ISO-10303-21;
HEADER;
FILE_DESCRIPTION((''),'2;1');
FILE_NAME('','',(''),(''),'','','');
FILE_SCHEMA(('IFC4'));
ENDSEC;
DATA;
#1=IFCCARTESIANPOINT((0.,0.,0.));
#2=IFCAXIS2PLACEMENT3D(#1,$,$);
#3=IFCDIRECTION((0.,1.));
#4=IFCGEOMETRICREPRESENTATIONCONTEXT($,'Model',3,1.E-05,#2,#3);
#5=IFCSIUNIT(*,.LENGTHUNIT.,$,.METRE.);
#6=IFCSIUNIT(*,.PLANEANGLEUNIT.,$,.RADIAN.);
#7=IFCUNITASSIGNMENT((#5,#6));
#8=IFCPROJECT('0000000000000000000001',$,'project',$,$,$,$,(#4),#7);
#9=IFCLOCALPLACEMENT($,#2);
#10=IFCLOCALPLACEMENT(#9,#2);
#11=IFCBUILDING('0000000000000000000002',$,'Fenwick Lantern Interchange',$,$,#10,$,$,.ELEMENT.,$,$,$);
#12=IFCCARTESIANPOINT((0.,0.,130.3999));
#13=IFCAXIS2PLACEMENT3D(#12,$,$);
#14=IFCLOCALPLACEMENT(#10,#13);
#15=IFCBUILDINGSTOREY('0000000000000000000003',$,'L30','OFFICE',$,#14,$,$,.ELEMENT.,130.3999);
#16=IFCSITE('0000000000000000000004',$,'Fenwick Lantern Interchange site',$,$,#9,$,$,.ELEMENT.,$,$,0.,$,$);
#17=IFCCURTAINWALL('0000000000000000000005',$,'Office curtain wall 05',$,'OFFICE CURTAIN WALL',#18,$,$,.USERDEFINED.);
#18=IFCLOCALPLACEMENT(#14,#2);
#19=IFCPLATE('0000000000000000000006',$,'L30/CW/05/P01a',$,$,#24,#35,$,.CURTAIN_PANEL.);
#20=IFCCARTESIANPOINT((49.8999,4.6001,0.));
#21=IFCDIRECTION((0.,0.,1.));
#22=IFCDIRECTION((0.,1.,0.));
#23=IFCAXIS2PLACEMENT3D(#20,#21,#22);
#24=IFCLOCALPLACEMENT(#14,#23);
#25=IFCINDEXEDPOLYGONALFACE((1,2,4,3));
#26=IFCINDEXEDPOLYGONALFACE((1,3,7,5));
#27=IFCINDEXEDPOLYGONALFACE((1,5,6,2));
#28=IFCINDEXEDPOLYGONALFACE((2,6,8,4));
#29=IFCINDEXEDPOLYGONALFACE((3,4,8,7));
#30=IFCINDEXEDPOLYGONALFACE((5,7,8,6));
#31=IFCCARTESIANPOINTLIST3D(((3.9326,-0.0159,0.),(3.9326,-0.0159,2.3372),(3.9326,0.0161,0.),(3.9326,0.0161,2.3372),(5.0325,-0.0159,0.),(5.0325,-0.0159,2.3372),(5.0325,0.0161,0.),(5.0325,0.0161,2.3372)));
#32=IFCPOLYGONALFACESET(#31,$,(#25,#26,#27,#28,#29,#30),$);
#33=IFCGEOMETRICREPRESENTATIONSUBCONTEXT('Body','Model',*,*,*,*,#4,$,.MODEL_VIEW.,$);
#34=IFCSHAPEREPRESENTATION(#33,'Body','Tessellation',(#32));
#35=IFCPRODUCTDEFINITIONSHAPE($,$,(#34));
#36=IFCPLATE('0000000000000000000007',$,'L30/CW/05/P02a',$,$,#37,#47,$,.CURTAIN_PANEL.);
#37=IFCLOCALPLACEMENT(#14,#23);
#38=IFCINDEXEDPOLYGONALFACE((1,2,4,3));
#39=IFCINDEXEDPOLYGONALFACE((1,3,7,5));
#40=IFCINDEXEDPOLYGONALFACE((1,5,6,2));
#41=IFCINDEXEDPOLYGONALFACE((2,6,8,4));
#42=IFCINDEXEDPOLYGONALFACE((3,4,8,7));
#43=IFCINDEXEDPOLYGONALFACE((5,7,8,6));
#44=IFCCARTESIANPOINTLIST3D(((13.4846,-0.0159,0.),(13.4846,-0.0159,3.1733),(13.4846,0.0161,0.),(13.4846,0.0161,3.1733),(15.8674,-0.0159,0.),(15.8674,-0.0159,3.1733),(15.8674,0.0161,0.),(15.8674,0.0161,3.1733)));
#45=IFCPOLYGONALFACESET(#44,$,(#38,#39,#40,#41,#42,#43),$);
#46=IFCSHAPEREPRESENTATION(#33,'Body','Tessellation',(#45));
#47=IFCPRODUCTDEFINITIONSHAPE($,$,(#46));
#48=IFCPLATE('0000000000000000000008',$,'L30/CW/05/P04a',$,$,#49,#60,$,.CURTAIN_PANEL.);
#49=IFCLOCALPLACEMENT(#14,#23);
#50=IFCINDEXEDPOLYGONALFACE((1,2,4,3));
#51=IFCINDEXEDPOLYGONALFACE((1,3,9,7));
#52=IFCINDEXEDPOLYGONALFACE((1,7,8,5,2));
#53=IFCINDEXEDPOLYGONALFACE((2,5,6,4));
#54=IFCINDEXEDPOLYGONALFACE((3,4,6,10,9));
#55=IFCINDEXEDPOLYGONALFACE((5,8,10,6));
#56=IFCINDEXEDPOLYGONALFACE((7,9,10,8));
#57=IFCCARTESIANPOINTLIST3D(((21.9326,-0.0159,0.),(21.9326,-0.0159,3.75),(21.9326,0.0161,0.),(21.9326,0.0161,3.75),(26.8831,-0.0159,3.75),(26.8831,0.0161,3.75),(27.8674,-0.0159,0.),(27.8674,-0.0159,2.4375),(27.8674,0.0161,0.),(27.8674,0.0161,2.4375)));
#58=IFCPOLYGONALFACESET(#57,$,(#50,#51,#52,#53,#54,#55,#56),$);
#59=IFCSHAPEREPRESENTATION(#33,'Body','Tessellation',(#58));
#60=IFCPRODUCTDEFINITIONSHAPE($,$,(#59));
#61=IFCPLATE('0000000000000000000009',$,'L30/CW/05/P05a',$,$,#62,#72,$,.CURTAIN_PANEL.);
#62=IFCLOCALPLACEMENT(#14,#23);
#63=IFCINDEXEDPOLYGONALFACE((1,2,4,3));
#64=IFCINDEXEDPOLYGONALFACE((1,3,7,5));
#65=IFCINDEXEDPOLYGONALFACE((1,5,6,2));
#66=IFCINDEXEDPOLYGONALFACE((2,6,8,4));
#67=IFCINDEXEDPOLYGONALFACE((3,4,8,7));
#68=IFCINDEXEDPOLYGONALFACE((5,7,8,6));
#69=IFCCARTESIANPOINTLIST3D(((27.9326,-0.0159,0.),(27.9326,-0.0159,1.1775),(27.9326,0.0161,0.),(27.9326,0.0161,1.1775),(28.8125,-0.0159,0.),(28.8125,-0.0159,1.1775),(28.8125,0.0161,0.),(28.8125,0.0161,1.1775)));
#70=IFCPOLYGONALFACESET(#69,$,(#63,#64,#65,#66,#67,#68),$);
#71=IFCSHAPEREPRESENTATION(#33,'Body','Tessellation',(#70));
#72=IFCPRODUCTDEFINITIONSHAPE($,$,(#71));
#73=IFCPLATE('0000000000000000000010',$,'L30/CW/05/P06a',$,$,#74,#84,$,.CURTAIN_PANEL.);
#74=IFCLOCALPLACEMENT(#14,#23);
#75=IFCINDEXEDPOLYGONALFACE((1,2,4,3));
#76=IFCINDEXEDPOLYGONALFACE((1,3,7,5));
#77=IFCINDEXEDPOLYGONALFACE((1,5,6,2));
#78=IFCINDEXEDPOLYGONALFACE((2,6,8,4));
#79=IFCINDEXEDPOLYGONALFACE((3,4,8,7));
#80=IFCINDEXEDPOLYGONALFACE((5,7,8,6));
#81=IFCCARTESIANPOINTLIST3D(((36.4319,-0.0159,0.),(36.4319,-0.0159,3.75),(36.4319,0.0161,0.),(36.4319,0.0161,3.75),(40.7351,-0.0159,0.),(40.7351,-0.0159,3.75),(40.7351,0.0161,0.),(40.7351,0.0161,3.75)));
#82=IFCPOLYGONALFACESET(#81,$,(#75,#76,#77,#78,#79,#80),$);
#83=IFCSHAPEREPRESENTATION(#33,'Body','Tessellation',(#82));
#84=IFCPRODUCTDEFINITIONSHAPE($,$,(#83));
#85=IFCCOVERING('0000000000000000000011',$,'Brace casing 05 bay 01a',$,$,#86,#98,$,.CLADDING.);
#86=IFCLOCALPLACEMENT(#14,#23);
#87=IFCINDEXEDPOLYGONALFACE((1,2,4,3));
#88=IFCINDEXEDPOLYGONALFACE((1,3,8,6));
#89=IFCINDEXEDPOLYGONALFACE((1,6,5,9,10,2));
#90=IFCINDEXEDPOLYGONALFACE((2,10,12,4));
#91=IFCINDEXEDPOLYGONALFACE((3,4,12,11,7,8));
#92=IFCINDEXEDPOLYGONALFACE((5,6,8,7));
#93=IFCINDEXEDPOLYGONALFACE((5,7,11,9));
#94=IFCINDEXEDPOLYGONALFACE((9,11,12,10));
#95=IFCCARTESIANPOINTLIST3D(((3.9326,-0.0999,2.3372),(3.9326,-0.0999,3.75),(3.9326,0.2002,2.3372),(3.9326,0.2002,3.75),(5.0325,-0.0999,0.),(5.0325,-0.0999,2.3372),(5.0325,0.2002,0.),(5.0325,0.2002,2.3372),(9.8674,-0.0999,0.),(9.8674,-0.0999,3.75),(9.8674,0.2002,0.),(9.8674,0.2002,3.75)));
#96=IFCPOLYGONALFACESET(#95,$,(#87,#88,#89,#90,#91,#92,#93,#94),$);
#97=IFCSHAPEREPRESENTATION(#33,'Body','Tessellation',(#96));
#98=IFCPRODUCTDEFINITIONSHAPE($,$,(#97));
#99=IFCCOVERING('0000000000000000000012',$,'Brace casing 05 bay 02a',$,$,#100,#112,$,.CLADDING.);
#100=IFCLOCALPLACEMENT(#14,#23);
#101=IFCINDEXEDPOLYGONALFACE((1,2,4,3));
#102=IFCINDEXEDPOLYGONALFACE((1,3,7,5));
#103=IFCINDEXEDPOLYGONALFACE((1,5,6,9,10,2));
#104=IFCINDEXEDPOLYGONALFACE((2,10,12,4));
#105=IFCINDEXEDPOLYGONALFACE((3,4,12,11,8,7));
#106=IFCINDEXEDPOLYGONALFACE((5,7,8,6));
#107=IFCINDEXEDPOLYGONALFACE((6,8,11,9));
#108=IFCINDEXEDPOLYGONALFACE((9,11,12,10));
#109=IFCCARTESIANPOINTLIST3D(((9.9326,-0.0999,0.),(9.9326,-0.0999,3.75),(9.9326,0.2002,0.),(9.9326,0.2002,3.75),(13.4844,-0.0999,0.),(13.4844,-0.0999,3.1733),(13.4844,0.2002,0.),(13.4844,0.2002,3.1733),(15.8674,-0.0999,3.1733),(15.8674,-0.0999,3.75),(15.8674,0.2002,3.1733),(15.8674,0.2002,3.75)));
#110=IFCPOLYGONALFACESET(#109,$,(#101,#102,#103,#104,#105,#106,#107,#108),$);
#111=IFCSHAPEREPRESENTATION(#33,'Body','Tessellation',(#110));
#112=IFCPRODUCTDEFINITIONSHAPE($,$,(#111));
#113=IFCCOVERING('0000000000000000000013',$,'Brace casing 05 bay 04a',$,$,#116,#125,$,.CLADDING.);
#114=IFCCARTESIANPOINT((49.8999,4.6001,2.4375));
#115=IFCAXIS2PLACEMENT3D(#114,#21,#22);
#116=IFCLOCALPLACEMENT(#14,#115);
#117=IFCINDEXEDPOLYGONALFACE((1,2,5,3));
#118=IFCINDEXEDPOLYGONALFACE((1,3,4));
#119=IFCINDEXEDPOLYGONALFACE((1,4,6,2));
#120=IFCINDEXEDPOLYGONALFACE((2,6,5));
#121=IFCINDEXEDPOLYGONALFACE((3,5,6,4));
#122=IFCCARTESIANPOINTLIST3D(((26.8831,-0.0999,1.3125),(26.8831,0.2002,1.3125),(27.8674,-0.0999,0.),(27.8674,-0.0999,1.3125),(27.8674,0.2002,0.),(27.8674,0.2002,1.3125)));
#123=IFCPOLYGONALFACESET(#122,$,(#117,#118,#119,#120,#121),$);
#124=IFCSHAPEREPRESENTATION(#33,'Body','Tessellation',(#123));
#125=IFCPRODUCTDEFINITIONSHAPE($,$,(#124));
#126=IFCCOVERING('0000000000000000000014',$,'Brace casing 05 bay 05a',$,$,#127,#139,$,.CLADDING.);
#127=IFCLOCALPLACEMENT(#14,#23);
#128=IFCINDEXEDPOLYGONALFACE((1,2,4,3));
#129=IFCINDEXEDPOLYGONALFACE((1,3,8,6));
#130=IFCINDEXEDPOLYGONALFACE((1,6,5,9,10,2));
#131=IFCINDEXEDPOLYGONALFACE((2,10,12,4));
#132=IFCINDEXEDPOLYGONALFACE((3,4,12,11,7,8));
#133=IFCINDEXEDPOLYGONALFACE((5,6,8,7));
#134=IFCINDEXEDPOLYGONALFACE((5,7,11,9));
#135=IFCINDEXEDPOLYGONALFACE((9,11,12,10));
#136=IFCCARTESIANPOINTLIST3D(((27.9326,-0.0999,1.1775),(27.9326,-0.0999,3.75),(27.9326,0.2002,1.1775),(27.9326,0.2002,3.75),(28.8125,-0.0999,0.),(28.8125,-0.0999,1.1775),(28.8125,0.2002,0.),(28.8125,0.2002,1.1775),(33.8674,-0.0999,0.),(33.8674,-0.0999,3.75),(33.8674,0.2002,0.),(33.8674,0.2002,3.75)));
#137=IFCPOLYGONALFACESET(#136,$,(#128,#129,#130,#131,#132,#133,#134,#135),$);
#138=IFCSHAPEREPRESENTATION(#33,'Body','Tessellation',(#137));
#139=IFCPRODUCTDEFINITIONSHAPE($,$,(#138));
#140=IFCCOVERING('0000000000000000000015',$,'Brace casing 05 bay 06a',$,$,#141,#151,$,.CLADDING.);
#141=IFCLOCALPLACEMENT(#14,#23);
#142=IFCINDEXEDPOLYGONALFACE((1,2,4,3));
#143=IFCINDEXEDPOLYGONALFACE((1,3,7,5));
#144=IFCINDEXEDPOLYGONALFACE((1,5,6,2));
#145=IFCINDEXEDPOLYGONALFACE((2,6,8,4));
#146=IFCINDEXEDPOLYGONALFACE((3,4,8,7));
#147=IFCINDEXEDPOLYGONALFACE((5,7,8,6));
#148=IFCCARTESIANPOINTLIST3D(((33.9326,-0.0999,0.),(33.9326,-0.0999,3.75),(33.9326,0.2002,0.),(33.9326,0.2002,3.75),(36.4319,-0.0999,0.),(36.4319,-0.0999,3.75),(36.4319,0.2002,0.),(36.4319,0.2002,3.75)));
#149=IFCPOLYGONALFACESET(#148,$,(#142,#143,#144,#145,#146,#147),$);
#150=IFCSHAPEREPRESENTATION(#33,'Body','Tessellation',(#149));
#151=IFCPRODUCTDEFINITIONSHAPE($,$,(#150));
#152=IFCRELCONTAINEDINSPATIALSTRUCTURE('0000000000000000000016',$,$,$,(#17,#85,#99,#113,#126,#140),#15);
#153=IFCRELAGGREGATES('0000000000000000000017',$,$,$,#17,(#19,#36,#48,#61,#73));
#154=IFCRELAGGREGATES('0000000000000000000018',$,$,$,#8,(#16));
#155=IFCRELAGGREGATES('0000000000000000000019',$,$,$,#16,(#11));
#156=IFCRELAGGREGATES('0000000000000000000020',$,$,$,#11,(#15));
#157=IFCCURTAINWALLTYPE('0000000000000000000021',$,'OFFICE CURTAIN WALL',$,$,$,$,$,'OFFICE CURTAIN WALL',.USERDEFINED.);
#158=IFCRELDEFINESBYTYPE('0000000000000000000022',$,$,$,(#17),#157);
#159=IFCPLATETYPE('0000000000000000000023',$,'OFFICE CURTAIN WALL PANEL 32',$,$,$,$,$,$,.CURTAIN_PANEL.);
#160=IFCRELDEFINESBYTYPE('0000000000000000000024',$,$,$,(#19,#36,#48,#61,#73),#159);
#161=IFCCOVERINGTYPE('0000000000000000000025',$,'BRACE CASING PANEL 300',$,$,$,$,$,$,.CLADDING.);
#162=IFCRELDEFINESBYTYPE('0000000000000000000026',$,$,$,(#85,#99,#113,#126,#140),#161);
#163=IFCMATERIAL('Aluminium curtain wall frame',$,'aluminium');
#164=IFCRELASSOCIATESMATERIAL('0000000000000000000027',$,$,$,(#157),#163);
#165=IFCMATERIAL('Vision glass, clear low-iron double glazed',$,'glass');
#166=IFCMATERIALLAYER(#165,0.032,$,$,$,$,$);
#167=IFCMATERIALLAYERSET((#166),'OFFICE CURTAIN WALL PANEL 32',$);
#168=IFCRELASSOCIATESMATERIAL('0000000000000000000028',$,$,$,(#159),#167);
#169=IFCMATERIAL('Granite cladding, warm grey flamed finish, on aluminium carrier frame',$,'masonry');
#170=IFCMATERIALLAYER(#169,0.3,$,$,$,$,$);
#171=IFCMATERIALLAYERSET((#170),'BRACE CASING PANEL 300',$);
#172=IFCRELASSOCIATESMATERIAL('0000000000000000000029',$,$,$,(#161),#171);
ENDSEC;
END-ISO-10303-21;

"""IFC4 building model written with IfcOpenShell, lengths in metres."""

from ifc_helpers import new_model, si_unit, direction, frame, origin, place, context, subcontext, project, spatial, polyline, outline, extrude, material, layer, layer_set, type_object, element, aggregate, save


model = new_model("IFC4")

# Units and contexts
model_context = context("Model", 3, precision=1e-05, world=origin(), true_north=direction((0.0, 1.0)))
body_context = subcontext(model_context, "Body", "Model", "MODEL_VIEW")
ifc_project = project(units=[si_unit("LENGTHUNIT", "METRE"), si_unit("PLANEANGLEUNIT", "RADIAN")], contexts=[model_context])

# Site, building, storey
site_placement = place(None, origin())
site = spatial("IfcSite", under=ifc_project, at=site_placement, Name="Fenwick Lantern Interchange site", CompositionType="ELEMENT", RefElevation=0.0)
building_placement = place(site_placement, origin())
building = spatial("IfcBuilding", under=site, at=building_placement, Name="Fenwick Lantern Interchange", CompositionType="ELEMENT")
storey_placement = place(building_placement, frame((0.0, 0.0, 130.3999)))
storey = spatial("IfcBuildingStorey", under=building, at=storey_placement, Name="L30", Description="OFFICE", CompositionType="ELEMENT", Elevation=130.3999)

# Shared definitions
ifc_material_1 = material(Name="Aluminium curtain wall frame", Category="aluminium")
curtain_wall_type = type_object("IfcCurtainWallType", Name="OFFICE CURTAIN WALL", ElementType="OFFICE CURTAIN WALL", PredefinedType="USERDEFINED", material=ifc_material_1)

# Shared definitions
ifc_material_2 = material(Name="Vision glass, clear low-iron double glazed", Category="glass")
ifc_layer_1 = layer(ifc_material_2, 0.032)
ifc_layer_set_1 = layer_set([ifc_layer_1], Name="OFFICE CURTAIN WALL PANEL 32")
plate_type = type_object("IfcPlateType", Name="OFFICE CURTAIN WALL PANEL 32", PredefinedType="CURTAIN_PANEL", material=ifc_layer_set_1)

# Curtain wall, plates
curtain_wall_1_placement = place(storey_placement, origin())
curtain_wall_1 = element("IfcCurtainWall", 1, at=curtain_wall_1_placement, inside=storey, type_object=curtain_wall_type, Name="Office curtain wall 05", ObjectType="OFFICE CURTAIN WALL", PredefinedType="USERDEFINED")
plate_1_placement = place(storey_placement, frame((49.8999, 4.6001, 0.0), z_axis=(0.0, 0.0, 1.0), x_axis=(0.0, 1.0, 0.0)))
plate_1 = element("IfcPlate", 2, at=plate_1_placement, type_object=plate_type, Name="L30/CW/05/P01a", PredefinedType="CURTAIN_PANEL", context=body_context, shape_type="SweptSolid", body=[
    extrude(outline(polyline([(3.9326, 0.0), (5.0325, 0.0), (5.0325, 2.3372), (3.9326, 2.3372), (3.9326, 0.0)])), frame((0.0, 0.0161, 0.0), z_axis=(0.0, -1.0, 0.0), x_axis=(1.0, 0.0, 0.0)), (0.0, 0.0, 1.0), 0.032),
])
plate_2_placement = place(storey_placement, frame((49.8999, 4.6001, 0.0), z_axis=(0.0, 0.0, 1.0), x_axis=(0.0, 1.0, 0.0)))
plate_2 = element("IfcPlate", 3, at=plate_2_placement, type_object=plate_type, Name="L30/CW/05/P02a", PredefinedType="CURTAIN_PANEL", context=body_context, shape_type="SweptSolid", body=[
    extrude(outline(polyline([(13.4846, 0.0), (15.8674, 0.0), (15.8674, 3.1733), (13.4846, 3.1733), (13.4846, 0.0)])), frame((0.0, 0.0161, 0.0), z_axis=(0.0, -1.0, 0.0), x_axis=(1.0, 0.0, 0.0)), (0.0, 0.0, 1.0), 0.032),
])
plate_3_placement = place(storey_placement, frame((49.8999, 4.6001, 0.0), z_axis=(0.0, 0.0, 1.0), x_axis=(0.0, 1.0, 0.0)))
plate_3 = element("IfcPlate", 4, at=plate_3_placement, type_object=plate_type, Name="L30/CW/05/P04a", PredefinedType="CURTAIN_PANEL", context=body_context, shape_type="SweptSolid", body=[
    extrude(outline(polyline([(21.9326, 0.0), (27.8674, 0.0), (27.8674, 2.4375), (26.8831, 3.75), (21.9326, 3.75), (21.9326, 0.0)])), frame((0.0, 0.0161, 0.0), z_axis=(0.0, -1.0, 0.0), x_axis=(1.0, 0.0, 0.0)), (0.0, 0.0, 1.0), 0.032),
])
plate_4_placement = place(storey_placement, frame((49.8999, 4.6001, 0.0), z_axis=(0.0, 0.0, 1.0), x_axis=(0.0, 1.0, 0.0)))
plate_4 = element("IfcPlate", 5, at=plate_4_placement, type_object=plate_type, Name="L30/CW/05/P05a", PredefinedType="CURTAIN_PANEL", context=body_context, shape_type="SweptSolid", body=[
    extrude(outline(polyline([(27.9326, 0.0), (28.8125, 0.0), (28.8125, 1.1775), (27.9326, 1.1775), (27.9326, 0.0)])), frame((0.0, 0.0161, 0.0), z_axis=(0.0, -1.0, 0.0), x_axis=(1.0, 0.0, 0.0)), (0.0, 0.0, 1.0), 0.032),
])
plate_5_placement = place(storey_placement, frame((49.8999, 4.6001, 0.0), z_axis=(0.0, 0.0, 1.0), x_axis=(0.0, 1.0, 0.0)))
plate_5 = element("IfcPlate", 6, at=plate_5_placement, type_object=plate_type, Name="L30/CW/05/P06a", PredefinedType="CURTAIN_PANEL", context=body_context, shape_type="SweptSolid", body=[
    extrude(outline(polyline([(36.4319, 0.0), (40.7351, 0.0), (40.7351, 3.75), (36.4319, 3.75), (36.4319, 0.0)])), frame((0.0, 0.0161, 0.0), z_axis=(0.0, -1.0, 0.0), x_axis=(1.0, 0.0, 0.0)), (0.0, 0.0, 1.0), 0.032),
])
aggregate(curtain_wall_1, [plate_1, plate_2, plate_3, plate_4, plate_5])

# Coverings
ifc_material_3 = material(Name="Granite cladding, warm grey flamed finish, on aluminium carrier frame", Category="masonry")
ifc_layer_2 = layer(ifc_material_3, 0.3)
ifc_layer_set_2 = layer_set([ifc_layer_2], Name="BRACE CASING PANEL 300")
covering_type = type_object("IfcCoveringType", Name="BRACE CASING PANEL 300", PredefinedType="CLADDING", material=ifc_layer_set_2)
covering_1_placement = place(storey_placement, frame((49.8999, 4.6001, 0.0), z_axis=(0.0, 0.0, 1.0), x_axis=(0.0, 1.0, 0.0)))
element("IfcCovering", 7, at=covering_1_placement, inside=storey, type_object=covering_type, Name="Brace casing 05 bay 01a", PredefinedType="CLADDING", context=body_context, shape_type="SweptSolid", body=[
    extrude(outline(polyline([(5.0325, 0.0), (9.8674, 0.0), (9.8674, 3.75), (3.9326, 3.75), (3.9326, 2.3372), (5.0325, 2.3372), (5.0325, 0.0)])), frame((0.0, 0.2002, 0.0), z_axis=(0.0, -1.0, 0.0), x_axis=(1.0, 0.0, 0.0)), (0.0, 0.0, 1.0), 0.3),
])
covering_2_placement = place(storey_placement, frame((49.8999, 4.6001, 0.0), z_axis=(0.0, 0.0, 1.0), x_axis=(0.0, 1.0, 0.0)))
element("IfcCovering", 8, at=covering_2_placement, inside=storey, type_object=covering_type, Name="Brace casing 05 bay 02a", PredefinedType="CLADDING", context=body_context, shape_type="SweptSolid", body=[
    extrude(outline(polyline([(9.9326, 0.0), (13.4844, 0.0), (13.4844, 3.1733), (15.8674, 3.1733), (15.8674, 3.75), (9.9326, 3.75), (9.9326, 0.0)])), frame((0.0, 0.2002, 0.0), z_axis=(0.0, -1.0, 0.0), x_axis=(1.0, 0.0, 0.0)), (0.0, 0.0, 1.0), 0.3),
])
covering_3_placement = place(storey_placement, frame((49.8999, 4.6001, 2.4375), z_axis=(0.0, 0.0, 1.0), x_axis=(0.0, 1.0, 0.0)))
element("IfcCovering", 9, at=covering_3_placement, inside=storey, type_object=covering_type, Name="Brace casing 05 bay 04a", PredefinedType="CLADDING", context=body_context, shape_type="SweptSolid", body=[
    extrude(outline(polyline([(27.8674, 0.0), (27.8674, 1.3125), (26.8831, 1.3125), (27.8674, 0.0)])), frame((0.0, 0.2002, 0.0), z_axis=(0.0, -1.0, 0.0), x_axis=(1.0, 0.0, 0.0)), (0.0, 0.0, 1.0), 0.3),
])
covering_4_placement = place(storey_placement, frame((49.8999, 4.6001, 0.0), z_axis=(0.0, 0.0, 1.0), x_axis=(0.0, 1.0, 0.0)))
element("IfcCovering", 10, at=covering_4_placement, inside=storey, type_object=covering_type, Name="Brace casing 05 bay 05a", PredefinedType="CLADDING", context=body_context, shape_type="SweptSolid", body=[
    extrude(outline(polyline([(28.8125, 0.0), (33.8674, 0.0), (33.8674, 3.75), (27.9326, 3.75), (27.9326, 1.1775), (28.8125, 1.1775), (28.8125, 0.0)])), frame((0.0, 0.2002, 0.0), z_axis=(0.0, -1.0, 0.0), x_axis=(1.0, 0.0, 0.0)), (0.0, 0.0, 1.0), 0.3),
])
covering_5_placement = place(storey_placement, frame((49.8999, 4.6001, 0.0), z_axis=(0.0, 0.0, 1.0), x_axis=(0.0, 1.0, 0.0)))
element("IfcCovering", 11, at=covering_5_placement, inside=storey, type_object=covering_type, Name="Brace casing 05 bay 06a", PredefinedType="CLADDING", context=body_context, shape_type="SweptSolid", body=[
    extrude(outline(polyline([(33.9326, 0.0), (36.4319, 0.0), (36.4319, 3.75), (33.9326, 3.75), (33.9326, 0.0)])), frame((0.0, 0.2002, 0.0), z_axis=(0.0, -1.0, 0.0), x_axis=(1.0, 0.0, 0.0)), (0.0, 0.0, 1.0), 0.3),
])

save(model, "model.ifc")
